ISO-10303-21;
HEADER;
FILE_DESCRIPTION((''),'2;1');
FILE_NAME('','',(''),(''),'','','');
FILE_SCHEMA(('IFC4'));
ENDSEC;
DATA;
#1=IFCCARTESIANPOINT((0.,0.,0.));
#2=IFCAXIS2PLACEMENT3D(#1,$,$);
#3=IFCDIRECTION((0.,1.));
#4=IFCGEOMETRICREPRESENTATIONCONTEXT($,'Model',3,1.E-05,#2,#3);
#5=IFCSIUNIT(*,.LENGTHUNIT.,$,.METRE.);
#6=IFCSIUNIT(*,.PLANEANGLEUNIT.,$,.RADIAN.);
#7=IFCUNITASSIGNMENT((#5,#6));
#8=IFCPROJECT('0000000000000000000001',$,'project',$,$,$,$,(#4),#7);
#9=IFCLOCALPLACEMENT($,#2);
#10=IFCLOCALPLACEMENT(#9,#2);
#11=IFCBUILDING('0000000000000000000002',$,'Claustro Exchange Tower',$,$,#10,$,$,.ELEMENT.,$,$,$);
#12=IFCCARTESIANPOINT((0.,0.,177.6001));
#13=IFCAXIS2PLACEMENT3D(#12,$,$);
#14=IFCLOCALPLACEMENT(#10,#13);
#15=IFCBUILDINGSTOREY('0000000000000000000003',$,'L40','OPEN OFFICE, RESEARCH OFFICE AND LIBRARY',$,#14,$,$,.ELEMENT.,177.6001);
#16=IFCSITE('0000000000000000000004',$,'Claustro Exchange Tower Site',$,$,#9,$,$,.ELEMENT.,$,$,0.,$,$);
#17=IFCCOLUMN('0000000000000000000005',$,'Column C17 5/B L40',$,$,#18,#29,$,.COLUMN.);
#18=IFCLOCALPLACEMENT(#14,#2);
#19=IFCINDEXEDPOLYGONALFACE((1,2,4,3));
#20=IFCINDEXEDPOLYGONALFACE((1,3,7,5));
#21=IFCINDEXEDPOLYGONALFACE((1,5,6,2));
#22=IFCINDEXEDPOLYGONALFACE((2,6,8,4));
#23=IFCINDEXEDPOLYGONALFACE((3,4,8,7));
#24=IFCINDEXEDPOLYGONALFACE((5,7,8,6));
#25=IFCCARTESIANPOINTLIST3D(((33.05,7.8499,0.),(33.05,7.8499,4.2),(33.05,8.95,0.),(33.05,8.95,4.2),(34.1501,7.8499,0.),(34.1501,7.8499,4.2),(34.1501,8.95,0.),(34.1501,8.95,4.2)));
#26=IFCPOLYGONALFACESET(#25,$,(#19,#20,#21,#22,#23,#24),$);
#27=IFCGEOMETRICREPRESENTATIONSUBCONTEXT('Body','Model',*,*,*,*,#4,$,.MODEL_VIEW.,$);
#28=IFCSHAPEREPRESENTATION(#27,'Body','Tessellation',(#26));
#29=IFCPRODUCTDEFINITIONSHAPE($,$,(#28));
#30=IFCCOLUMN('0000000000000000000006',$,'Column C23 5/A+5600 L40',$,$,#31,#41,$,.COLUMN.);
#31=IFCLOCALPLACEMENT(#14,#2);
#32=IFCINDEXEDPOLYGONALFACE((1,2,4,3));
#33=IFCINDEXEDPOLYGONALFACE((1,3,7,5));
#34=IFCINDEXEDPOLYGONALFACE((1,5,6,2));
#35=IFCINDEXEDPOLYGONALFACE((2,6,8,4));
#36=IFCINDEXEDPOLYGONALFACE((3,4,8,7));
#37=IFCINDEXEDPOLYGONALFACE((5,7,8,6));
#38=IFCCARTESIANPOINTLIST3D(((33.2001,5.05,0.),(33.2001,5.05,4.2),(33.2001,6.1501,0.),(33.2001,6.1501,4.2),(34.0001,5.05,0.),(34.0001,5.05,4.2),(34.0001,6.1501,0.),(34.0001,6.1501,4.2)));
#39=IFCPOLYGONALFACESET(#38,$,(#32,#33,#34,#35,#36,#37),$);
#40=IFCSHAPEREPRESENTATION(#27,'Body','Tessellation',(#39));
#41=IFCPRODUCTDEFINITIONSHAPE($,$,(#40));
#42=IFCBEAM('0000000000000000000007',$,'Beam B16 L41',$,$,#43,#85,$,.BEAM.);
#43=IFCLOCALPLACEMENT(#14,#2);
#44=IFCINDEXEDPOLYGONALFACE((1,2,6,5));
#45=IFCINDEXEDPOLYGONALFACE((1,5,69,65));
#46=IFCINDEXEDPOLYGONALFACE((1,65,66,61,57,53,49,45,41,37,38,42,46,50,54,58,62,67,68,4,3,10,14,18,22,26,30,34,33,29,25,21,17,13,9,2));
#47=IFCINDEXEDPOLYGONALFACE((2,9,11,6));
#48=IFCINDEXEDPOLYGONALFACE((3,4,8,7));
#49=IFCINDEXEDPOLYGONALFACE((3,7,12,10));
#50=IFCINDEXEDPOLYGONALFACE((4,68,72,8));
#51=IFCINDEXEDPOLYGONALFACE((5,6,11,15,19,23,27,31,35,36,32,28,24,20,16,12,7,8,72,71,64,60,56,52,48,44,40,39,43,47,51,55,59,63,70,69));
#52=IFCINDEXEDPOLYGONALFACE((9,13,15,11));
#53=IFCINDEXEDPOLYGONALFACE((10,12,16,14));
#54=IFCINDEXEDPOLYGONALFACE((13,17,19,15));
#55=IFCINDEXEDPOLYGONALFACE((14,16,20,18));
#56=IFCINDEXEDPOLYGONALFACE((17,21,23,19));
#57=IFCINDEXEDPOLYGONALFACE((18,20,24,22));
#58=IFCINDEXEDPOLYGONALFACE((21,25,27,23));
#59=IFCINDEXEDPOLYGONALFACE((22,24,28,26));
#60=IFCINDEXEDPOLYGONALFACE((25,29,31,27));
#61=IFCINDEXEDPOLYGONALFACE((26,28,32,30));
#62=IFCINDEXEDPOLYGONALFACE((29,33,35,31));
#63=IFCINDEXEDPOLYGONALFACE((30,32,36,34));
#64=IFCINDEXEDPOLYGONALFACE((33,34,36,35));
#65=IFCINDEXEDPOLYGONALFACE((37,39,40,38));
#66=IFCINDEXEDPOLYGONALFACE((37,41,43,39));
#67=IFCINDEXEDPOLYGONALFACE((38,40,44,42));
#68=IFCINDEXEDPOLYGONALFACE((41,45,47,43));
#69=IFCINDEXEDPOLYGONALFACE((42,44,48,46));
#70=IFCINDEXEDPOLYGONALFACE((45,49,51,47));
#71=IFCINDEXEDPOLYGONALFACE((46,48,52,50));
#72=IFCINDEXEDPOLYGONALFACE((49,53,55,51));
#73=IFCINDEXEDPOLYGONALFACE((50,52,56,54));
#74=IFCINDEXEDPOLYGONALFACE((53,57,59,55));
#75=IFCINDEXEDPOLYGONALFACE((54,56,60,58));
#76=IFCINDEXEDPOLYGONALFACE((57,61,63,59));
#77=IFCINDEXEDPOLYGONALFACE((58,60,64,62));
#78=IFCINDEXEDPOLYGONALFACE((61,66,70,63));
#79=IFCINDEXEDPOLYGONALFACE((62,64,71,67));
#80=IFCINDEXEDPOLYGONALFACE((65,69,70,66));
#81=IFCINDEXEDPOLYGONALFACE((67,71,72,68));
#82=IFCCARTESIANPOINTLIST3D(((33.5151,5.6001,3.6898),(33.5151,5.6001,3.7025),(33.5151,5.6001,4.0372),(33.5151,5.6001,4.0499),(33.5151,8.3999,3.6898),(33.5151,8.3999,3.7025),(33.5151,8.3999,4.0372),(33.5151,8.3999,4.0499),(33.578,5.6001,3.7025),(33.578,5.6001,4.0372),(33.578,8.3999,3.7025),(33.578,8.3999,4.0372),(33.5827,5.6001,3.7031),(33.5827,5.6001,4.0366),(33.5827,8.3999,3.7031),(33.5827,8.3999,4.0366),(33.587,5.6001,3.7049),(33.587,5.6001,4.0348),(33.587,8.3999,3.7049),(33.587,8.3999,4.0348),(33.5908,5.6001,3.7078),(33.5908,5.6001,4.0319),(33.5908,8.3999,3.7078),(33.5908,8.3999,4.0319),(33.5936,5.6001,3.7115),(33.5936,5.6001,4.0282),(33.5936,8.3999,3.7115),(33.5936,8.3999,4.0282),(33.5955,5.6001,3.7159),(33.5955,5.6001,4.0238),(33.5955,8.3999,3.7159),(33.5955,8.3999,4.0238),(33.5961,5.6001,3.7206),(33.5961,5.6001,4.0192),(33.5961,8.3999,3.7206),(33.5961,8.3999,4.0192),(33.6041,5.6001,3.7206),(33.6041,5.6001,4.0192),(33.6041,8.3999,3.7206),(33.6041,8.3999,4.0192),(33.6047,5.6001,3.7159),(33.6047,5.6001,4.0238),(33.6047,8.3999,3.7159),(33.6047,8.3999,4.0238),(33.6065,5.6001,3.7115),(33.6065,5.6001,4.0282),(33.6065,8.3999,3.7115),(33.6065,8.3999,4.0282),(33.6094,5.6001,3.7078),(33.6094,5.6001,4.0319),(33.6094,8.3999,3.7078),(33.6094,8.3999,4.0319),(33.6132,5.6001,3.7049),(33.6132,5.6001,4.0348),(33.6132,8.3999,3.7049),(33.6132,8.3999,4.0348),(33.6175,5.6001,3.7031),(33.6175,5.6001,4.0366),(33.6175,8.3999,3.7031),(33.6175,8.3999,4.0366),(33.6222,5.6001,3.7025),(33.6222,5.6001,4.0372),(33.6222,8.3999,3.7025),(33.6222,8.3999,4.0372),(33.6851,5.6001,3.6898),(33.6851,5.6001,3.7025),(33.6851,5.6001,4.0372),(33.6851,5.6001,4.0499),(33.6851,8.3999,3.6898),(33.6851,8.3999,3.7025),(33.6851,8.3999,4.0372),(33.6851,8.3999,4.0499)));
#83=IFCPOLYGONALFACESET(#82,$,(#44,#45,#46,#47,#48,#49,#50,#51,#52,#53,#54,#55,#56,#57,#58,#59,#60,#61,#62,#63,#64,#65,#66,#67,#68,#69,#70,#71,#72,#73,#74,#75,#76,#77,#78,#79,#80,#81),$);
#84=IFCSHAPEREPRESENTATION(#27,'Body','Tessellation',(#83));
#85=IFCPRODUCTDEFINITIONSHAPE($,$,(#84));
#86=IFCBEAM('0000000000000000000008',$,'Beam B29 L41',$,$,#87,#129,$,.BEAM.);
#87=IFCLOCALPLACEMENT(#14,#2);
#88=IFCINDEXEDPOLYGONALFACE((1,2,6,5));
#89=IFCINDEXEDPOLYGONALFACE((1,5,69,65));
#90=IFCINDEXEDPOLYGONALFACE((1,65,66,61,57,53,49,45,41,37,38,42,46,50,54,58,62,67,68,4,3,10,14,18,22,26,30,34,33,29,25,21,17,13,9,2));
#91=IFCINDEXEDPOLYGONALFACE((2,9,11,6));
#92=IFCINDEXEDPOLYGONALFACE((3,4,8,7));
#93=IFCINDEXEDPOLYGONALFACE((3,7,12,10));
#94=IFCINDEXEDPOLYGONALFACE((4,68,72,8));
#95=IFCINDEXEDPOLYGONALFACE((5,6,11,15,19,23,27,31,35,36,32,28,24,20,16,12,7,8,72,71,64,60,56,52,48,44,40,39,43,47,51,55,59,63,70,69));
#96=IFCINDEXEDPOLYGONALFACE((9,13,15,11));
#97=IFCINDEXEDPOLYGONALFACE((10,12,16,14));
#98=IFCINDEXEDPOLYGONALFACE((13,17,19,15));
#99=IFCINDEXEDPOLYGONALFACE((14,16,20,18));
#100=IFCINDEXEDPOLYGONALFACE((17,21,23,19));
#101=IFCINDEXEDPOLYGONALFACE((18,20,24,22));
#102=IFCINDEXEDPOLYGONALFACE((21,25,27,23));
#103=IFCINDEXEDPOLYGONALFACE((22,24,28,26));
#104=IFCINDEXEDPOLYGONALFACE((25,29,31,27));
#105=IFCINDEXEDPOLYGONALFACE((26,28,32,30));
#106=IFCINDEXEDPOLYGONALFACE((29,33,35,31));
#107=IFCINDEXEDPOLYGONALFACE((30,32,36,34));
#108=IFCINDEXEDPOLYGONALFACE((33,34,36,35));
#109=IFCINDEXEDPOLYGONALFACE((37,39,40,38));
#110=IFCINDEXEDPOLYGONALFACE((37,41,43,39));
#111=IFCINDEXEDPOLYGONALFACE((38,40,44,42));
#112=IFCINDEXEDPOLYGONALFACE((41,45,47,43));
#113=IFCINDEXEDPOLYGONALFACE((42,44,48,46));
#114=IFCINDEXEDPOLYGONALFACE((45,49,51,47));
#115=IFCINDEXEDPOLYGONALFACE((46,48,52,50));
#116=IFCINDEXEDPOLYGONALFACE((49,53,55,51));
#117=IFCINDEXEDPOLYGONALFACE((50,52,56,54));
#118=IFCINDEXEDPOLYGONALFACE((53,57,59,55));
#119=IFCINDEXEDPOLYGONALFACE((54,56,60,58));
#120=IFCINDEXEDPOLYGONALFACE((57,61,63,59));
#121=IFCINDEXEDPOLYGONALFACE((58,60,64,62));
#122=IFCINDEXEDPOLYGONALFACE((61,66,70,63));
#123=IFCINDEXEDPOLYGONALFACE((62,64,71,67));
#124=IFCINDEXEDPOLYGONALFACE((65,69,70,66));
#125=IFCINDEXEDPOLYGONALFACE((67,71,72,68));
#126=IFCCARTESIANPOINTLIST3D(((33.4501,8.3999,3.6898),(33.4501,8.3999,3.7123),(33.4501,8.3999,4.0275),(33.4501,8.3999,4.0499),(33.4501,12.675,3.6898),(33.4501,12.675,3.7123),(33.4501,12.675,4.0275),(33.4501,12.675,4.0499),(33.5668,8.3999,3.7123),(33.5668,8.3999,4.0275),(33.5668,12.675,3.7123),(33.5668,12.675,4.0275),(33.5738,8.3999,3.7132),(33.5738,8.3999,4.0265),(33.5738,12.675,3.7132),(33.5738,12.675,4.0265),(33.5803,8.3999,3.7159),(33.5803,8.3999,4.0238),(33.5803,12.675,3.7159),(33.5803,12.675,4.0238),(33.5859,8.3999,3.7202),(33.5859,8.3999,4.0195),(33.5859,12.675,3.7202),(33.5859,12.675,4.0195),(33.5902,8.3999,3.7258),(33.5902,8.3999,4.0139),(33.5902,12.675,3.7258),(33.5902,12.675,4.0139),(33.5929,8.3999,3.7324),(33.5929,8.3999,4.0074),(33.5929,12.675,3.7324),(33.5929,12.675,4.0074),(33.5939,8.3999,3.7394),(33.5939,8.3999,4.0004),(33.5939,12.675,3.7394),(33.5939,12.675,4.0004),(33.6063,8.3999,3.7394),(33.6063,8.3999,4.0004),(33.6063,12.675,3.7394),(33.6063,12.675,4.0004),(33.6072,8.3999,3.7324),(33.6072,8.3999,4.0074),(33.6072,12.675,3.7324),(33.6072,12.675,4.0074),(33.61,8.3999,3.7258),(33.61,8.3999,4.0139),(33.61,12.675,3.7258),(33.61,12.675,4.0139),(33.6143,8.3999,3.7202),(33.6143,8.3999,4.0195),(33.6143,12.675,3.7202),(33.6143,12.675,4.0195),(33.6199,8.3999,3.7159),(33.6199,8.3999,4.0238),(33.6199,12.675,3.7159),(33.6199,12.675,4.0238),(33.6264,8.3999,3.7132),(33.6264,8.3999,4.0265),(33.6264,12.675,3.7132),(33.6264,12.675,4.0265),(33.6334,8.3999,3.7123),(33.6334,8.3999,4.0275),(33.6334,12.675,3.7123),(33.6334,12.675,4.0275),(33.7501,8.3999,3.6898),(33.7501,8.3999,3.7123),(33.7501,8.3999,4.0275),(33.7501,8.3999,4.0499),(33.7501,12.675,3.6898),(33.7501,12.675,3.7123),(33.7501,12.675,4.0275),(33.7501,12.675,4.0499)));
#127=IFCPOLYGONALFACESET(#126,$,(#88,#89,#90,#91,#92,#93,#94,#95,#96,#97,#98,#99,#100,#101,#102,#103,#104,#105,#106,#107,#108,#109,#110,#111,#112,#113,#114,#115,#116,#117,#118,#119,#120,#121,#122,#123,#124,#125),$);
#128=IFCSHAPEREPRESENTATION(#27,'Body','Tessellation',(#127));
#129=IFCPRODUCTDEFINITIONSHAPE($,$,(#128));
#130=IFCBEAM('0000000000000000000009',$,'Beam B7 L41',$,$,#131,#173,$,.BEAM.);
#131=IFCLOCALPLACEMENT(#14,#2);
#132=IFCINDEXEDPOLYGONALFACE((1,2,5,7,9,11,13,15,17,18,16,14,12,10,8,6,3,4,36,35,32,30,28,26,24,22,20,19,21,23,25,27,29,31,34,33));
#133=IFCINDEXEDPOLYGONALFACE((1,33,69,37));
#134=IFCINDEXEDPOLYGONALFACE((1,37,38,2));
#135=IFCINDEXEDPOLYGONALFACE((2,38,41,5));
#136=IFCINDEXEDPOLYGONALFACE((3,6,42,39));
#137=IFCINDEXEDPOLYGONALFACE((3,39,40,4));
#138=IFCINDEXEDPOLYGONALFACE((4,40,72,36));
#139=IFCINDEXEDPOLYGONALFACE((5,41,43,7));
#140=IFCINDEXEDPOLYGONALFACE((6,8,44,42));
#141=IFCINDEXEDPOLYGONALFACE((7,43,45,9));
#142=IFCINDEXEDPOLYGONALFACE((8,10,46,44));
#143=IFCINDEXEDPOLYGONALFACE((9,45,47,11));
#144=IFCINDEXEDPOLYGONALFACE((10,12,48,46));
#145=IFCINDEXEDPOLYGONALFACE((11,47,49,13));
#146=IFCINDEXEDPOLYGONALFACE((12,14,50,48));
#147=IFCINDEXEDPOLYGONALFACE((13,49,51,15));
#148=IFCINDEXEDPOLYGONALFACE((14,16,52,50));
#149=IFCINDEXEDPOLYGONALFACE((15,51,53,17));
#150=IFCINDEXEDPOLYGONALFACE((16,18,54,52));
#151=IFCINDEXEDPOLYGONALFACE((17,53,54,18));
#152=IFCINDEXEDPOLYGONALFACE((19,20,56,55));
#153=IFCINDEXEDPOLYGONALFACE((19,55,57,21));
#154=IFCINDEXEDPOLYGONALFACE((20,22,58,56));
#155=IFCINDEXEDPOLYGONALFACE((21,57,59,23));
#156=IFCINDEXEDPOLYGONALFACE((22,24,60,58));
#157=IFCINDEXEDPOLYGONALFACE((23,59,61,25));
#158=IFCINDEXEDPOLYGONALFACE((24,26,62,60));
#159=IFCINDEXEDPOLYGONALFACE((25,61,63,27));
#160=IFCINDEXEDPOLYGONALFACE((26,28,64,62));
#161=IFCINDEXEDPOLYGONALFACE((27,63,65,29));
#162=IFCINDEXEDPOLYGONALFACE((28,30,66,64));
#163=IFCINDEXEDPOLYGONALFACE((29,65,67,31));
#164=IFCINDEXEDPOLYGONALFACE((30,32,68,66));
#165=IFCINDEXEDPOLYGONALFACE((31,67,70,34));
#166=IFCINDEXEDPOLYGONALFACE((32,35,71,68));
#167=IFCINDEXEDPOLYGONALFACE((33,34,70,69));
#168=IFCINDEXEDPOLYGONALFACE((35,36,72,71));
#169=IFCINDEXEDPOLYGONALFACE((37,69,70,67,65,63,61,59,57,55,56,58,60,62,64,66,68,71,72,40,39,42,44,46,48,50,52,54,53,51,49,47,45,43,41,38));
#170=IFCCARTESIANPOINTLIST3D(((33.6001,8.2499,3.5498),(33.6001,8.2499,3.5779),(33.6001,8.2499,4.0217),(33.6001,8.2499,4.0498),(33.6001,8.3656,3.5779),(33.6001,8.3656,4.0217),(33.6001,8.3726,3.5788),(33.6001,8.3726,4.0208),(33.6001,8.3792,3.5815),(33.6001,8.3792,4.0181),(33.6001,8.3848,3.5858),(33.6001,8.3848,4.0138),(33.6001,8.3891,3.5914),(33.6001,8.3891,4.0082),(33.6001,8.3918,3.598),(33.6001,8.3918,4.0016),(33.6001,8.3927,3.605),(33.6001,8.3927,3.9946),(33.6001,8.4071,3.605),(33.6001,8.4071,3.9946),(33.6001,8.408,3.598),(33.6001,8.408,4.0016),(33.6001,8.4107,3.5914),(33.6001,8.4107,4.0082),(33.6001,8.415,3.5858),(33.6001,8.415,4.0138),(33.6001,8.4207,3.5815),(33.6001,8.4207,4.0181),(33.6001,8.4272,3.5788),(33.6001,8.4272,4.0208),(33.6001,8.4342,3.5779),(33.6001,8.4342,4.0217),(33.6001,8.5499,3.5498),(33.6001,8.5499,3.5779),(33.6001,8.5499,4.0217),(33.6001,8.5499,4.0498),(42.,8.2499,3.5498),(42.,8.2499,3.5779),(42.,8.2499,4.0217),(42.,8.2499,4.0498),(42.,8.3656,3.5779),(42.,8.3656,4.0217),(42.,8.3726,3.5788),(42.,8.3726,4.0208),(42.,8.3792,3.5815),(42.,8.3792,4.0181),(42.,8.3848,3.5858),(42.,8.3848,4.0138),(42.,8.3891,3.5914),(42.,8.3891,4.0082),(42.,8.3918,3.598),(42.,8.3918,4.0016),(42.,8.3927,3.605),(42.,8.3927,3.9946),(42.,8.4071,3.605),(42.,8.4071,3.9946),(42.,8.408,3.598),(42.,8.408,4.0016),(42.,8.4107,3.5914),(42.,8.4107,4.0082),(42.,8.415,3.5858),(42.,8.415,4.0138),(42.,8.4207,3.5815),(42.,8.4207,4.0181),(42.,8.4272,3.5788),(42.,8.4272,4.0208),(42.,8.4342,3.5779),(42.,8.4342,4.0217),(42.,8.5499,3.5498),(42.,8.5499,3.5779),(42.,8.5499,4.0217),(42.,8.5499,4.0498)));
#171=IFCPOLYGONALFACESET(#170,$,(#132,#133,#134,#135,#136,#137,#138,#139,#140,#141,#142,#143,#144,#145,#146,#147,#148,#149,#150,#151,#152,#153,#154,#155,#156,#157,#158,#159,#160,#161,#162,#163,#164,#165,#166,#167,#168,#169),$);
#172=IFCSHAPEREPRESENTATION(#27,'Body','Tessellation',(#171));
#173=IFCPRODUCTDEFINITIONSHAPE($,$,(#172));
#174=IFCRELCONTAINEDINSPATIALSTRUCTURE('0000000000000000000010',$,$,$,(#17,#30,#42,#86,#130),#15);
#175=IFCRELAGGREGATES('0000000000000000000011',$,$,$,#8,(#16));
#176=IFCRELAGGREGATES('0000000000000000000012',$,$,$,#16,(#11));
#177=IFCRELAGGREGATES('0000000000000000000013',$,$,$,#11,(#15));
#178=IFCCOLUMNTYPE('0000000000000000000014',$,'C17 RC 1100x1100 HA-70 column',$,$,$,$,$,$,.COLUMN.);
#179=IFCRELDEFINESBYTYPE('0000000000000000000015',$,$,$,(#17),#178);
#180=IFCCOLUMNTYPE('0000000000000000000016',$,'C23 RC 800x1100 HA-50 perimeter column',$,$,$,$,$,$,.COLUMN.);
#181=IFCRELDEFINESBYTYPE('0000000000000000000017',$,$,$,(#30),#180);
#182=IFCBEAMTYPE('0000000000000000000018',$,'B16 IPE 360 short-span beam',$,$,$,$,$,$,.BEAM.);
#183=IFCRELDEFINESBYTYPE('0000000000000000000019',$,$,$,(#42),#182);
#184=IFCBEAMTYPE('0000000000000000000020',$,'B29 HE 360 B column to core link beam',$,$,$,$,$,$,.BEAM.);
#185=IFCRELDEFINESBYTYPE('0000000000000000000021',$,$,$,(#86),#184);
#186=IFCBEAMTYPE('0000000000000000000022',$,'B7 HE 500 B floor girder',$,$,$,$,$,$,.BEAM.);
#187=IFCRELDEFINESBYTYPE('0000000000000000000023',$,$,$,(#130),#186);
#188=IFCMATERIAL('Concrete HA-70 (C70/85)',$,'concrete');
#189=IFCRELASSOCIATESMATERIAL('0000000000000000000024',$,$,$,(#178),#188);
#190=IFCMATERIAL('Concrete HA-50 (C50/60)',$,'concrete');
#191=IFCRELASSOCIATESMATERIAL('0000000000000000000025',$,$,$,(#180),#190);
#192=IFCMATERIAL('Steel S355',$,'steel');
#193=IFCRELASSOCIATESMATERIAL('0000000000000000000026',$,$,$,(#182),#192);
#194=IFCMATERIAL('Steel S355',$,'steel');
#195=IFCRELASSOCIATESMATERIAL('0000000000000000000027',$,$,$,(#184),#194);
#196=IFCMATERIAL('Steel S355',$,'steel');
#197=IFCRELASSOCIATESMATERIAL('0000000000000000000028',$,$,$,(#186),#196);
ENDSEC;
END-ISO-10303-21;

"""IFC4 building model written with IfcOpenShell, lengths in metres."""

from ifc_helpers import new_model, si_unit, direction, frame, origin, origin_2d, place, context, subcontext, project, spatial, rectangle, i_section, extrude, material, material_profile, profile_set, type_object, element, save


model = new_model("IFC4")

# Units and contexts
model_context = context("Model", 3, precision=1e-05, world=origin(), true_north=direction((0.0, 1.0)))
body_context = subcontext(model_context, "Body", "Model", "MODEL_VIEW")
ifc_project = project(units=[si_unit("LENGTHUNIT", "METRE"), si_unit("PLANEANGLEUNIT", "RADIAN")], contexts=[model_context])

# Site, building, storey
site_placement = place(None, origin())
site = spatial("IfcSite", under=ifc_project, at=site_placement, Name="Claustro Exchange Tower Site", CompositionType="ELEMENT", RefElevation=0.0)
building_placement = place(site_placement, origin())
building = spatial("IfcBuilding", under=site, at=building_placement, Name="Claustro Exchange Tower", CompositionType="ELEMENT")
storey_placement = place(building_placement, frame((0.0, 0.0, 177.6001)))
storey = spatial("IfcBuildingStorey", under=building, at=storey_placement, Name="L40", Description="OPEN OFFICE, RESEARCH OFFICE AND LIBRARY", CompositionType="ELEMENT", Elevation=177.6001)

# Columns
ifc_material_1 = material(Name="Concrete HA-70 (C70/85)", Category="concrete")
ifc_material_profile_1 = material_profile(ifc_material_1, rectangle(XDim=1.1001, YDim=1.1001, at=origin_2d()), Name="RC 1100x1100")
ifc_profile_set_1 = profile_set([ifc_material_profile_1], Name="Concrete HA-70 (C70/85)")
column_type_1 = type_object("IfcColumnType", Name="C17 RC 1100x1100 HA-70 column", PredefinedType="COLUMN", material=ifc_profile_set_1)
column_1_placement = place(storey_placement, frame((33.6001, 8.3999, 0.0), z_axis=(0.0, 0.0, 1.0), x_axis=(1.0, 0.0, 0.0)))
element("IfcColumn", 1, at=column_1_placement, inside=storey, type_object=column_type_1, Name="Column C17 5/B L40", PredefinedType="COLUMN", context=body_context, shape_type="SweptSolid", body=[
    extrude(rectangle(XDim=1.1001, YDim=1.1001, at=origin_2d()), origin(), (0.0, 0.0, 1.0), 4.2),
])
ifc_material_2 = material(Name="Concrete HA-50 (C50/60)", Category="concrete")
ifc_material_profile_2 = material_profile(ifc_material_2, rectangle(XDim=0.8, YDim=1.1001, at=origin_2d()), Name="RC 800x1100")
ifc_profile_set_2 = profile_set([ifc_material_profile_2], Name="Concrete HA-50 (C50/60)")
column_type_2 = type_object("IfcColumnType", Name="C23 RC 800x1100 HA-50 perimeter column", PredefinedType="COLUMN", material=ifc_profile_set_2)
column_2_placement = place(storey_placement, frame((33.6001, 5.6001, 0.0), z_axis=(0.0, 0.0, 1.0), x_axis=(1.0, 0.0, 0.0)))
element("IfcColumn", 2, at=column_2_placement, inside=storey, type_object=column_type_2, Name="Column C23 5/A+5600 L40", PredefinedType="COLUMN", context=body_context, shape_type="SweptSolid", body=[
    extrude(rectangle(XDim=0.8, YDim=1.1001, at=origin_2d()), origin(), (0.0, 0.0, 1.0), 4.2),
])

# Beams
ifc_material_3 = material(Name="Steel S355", Category="steel")
ifc_material_profile_3 = material_profile(ifc_material_3, i_section(OverallWidth=0.1699, OverallDepth=0.3601, WebThickness=0.0081, FlangeThickness=0.0127, FilletRadius=0.0181, at=origin_2d()), Name="IPE 360")
ifc_profile_set_3 = profile_set([ifc_material_profile_3], Name="Steel S355")
beam_type_1 = type_object("IfcBeamType", Name="B16 IPE 360 short-span beam", PredefinedType="BEAM", material=ifc_profile_set_3)
beam_1_placement = place(storey_placement, frame((33.6001, 5.6001, 3.8699), z_axis=(0.0, 1.0, 0.0), x_axis=(-1.0, 0.0, 0.0)))
element("IfcBeam", 3, at=beam_1_placement, inside=storey, type_object=beam_type_1, Name="Beam B16 L41", PredefinedType="BEAM", context=body_context, shape_type="SweptSolid", body=[
    extrude(i_section(OverallWidth=0.1699, OverallDepth=0.3601, WebThickness=0.0081, FlangeThickness=0.0127, FilletRadius=0.0181, at=origin_2d()), origin(), (0.0, 0.0, 1.0), 2.7998),
])
ifc_material_4 = material(Name="Steel S355", Category="steel")
ifc_material_profile_4 = material_profile(ifc_material_4, i_section(OverallWidth=0.3, OverallDepth=0.3601, WebThickness=0.0125, FlangeThickness=0.0225, FilletRadius=0.0271, at=origin_2d()), Name="HE 360 B")
ifc_profile_set_4 = profile_set([ifc_material_profile_4], Name="Steel S355")
beam_type_2 = type_object("IfcBeamType", Name="B29 HE 360 B column to core link beam", PredefinedType="BEAM", material=ifc_profile_set_4)
beam_2_placement = place(storey_placement, frame((33.6001, 8.3999, 3.8699), z_axis=(0.0, 1.0, 0.0), x_axis=(-1.0, 0.0, 0.0)))
element("IfcBeam", 4, at=beam_2_placement, inside=storey, type_object=beam_type_2, Name="Beam B29 L41", PredefinedType="BEAM", context=body_context, shape_type="SweptSolid", body=[
    extrude(i_section(OverallWidth=0.3, OverallDepth=0.3601, WebThickness=0.0125, FlangeThickness=0.0225, FilletRadius=0.0271, at=origin_2d()), origin(), (0.0, 0.0, 1.0), 4.2751),
])
ifc_material_5 = material(Name="Steel S355", Category="steel")
ifc_material_profile_5 = material_profile(ifc_material_5, i_section(OverallWidth=0.3, OverallDepth=0.5, WebThickness=0.0144, FlangeThickness=0.0281, FilletRadius=0.0271, at=origin_2d()), Name="HE 500 B")
ifc_profile_set_5 = profile_set([ifc_material_profile_5], Name="Steel S355")
beam_type_3 = type_object("IfcBeamType", Name="B7 HE 500 B floor girder", PredefinedType="BEAM", material=ifc_profile_set_5)
beam_3_placement = place(storey_placement, frame((33.6001, 8.3999, 3.7998), z_axis=(1.0, 0.0, 0.0), x_axis=(0.0, 1.0, 0.0)))
element("IfcBeam", 5, at=beam_3_placement, inside=storey, type_object=beam_type_3, Name="Beam B7 L41", PredefinedType="BEAM", context=body_context, shape_type="SweptSolid", body=[
    extrude(i_section(OverallWidth=0.3, OverallDepth=0.5, WebThickness=0.0144, FlangeThickness=0.0281, FilletRadius=0.0271, at=origin_2d()), origin(), (0.0, 0.0, 1.0), 8.3999),
])

save(model, "model.ifc")
